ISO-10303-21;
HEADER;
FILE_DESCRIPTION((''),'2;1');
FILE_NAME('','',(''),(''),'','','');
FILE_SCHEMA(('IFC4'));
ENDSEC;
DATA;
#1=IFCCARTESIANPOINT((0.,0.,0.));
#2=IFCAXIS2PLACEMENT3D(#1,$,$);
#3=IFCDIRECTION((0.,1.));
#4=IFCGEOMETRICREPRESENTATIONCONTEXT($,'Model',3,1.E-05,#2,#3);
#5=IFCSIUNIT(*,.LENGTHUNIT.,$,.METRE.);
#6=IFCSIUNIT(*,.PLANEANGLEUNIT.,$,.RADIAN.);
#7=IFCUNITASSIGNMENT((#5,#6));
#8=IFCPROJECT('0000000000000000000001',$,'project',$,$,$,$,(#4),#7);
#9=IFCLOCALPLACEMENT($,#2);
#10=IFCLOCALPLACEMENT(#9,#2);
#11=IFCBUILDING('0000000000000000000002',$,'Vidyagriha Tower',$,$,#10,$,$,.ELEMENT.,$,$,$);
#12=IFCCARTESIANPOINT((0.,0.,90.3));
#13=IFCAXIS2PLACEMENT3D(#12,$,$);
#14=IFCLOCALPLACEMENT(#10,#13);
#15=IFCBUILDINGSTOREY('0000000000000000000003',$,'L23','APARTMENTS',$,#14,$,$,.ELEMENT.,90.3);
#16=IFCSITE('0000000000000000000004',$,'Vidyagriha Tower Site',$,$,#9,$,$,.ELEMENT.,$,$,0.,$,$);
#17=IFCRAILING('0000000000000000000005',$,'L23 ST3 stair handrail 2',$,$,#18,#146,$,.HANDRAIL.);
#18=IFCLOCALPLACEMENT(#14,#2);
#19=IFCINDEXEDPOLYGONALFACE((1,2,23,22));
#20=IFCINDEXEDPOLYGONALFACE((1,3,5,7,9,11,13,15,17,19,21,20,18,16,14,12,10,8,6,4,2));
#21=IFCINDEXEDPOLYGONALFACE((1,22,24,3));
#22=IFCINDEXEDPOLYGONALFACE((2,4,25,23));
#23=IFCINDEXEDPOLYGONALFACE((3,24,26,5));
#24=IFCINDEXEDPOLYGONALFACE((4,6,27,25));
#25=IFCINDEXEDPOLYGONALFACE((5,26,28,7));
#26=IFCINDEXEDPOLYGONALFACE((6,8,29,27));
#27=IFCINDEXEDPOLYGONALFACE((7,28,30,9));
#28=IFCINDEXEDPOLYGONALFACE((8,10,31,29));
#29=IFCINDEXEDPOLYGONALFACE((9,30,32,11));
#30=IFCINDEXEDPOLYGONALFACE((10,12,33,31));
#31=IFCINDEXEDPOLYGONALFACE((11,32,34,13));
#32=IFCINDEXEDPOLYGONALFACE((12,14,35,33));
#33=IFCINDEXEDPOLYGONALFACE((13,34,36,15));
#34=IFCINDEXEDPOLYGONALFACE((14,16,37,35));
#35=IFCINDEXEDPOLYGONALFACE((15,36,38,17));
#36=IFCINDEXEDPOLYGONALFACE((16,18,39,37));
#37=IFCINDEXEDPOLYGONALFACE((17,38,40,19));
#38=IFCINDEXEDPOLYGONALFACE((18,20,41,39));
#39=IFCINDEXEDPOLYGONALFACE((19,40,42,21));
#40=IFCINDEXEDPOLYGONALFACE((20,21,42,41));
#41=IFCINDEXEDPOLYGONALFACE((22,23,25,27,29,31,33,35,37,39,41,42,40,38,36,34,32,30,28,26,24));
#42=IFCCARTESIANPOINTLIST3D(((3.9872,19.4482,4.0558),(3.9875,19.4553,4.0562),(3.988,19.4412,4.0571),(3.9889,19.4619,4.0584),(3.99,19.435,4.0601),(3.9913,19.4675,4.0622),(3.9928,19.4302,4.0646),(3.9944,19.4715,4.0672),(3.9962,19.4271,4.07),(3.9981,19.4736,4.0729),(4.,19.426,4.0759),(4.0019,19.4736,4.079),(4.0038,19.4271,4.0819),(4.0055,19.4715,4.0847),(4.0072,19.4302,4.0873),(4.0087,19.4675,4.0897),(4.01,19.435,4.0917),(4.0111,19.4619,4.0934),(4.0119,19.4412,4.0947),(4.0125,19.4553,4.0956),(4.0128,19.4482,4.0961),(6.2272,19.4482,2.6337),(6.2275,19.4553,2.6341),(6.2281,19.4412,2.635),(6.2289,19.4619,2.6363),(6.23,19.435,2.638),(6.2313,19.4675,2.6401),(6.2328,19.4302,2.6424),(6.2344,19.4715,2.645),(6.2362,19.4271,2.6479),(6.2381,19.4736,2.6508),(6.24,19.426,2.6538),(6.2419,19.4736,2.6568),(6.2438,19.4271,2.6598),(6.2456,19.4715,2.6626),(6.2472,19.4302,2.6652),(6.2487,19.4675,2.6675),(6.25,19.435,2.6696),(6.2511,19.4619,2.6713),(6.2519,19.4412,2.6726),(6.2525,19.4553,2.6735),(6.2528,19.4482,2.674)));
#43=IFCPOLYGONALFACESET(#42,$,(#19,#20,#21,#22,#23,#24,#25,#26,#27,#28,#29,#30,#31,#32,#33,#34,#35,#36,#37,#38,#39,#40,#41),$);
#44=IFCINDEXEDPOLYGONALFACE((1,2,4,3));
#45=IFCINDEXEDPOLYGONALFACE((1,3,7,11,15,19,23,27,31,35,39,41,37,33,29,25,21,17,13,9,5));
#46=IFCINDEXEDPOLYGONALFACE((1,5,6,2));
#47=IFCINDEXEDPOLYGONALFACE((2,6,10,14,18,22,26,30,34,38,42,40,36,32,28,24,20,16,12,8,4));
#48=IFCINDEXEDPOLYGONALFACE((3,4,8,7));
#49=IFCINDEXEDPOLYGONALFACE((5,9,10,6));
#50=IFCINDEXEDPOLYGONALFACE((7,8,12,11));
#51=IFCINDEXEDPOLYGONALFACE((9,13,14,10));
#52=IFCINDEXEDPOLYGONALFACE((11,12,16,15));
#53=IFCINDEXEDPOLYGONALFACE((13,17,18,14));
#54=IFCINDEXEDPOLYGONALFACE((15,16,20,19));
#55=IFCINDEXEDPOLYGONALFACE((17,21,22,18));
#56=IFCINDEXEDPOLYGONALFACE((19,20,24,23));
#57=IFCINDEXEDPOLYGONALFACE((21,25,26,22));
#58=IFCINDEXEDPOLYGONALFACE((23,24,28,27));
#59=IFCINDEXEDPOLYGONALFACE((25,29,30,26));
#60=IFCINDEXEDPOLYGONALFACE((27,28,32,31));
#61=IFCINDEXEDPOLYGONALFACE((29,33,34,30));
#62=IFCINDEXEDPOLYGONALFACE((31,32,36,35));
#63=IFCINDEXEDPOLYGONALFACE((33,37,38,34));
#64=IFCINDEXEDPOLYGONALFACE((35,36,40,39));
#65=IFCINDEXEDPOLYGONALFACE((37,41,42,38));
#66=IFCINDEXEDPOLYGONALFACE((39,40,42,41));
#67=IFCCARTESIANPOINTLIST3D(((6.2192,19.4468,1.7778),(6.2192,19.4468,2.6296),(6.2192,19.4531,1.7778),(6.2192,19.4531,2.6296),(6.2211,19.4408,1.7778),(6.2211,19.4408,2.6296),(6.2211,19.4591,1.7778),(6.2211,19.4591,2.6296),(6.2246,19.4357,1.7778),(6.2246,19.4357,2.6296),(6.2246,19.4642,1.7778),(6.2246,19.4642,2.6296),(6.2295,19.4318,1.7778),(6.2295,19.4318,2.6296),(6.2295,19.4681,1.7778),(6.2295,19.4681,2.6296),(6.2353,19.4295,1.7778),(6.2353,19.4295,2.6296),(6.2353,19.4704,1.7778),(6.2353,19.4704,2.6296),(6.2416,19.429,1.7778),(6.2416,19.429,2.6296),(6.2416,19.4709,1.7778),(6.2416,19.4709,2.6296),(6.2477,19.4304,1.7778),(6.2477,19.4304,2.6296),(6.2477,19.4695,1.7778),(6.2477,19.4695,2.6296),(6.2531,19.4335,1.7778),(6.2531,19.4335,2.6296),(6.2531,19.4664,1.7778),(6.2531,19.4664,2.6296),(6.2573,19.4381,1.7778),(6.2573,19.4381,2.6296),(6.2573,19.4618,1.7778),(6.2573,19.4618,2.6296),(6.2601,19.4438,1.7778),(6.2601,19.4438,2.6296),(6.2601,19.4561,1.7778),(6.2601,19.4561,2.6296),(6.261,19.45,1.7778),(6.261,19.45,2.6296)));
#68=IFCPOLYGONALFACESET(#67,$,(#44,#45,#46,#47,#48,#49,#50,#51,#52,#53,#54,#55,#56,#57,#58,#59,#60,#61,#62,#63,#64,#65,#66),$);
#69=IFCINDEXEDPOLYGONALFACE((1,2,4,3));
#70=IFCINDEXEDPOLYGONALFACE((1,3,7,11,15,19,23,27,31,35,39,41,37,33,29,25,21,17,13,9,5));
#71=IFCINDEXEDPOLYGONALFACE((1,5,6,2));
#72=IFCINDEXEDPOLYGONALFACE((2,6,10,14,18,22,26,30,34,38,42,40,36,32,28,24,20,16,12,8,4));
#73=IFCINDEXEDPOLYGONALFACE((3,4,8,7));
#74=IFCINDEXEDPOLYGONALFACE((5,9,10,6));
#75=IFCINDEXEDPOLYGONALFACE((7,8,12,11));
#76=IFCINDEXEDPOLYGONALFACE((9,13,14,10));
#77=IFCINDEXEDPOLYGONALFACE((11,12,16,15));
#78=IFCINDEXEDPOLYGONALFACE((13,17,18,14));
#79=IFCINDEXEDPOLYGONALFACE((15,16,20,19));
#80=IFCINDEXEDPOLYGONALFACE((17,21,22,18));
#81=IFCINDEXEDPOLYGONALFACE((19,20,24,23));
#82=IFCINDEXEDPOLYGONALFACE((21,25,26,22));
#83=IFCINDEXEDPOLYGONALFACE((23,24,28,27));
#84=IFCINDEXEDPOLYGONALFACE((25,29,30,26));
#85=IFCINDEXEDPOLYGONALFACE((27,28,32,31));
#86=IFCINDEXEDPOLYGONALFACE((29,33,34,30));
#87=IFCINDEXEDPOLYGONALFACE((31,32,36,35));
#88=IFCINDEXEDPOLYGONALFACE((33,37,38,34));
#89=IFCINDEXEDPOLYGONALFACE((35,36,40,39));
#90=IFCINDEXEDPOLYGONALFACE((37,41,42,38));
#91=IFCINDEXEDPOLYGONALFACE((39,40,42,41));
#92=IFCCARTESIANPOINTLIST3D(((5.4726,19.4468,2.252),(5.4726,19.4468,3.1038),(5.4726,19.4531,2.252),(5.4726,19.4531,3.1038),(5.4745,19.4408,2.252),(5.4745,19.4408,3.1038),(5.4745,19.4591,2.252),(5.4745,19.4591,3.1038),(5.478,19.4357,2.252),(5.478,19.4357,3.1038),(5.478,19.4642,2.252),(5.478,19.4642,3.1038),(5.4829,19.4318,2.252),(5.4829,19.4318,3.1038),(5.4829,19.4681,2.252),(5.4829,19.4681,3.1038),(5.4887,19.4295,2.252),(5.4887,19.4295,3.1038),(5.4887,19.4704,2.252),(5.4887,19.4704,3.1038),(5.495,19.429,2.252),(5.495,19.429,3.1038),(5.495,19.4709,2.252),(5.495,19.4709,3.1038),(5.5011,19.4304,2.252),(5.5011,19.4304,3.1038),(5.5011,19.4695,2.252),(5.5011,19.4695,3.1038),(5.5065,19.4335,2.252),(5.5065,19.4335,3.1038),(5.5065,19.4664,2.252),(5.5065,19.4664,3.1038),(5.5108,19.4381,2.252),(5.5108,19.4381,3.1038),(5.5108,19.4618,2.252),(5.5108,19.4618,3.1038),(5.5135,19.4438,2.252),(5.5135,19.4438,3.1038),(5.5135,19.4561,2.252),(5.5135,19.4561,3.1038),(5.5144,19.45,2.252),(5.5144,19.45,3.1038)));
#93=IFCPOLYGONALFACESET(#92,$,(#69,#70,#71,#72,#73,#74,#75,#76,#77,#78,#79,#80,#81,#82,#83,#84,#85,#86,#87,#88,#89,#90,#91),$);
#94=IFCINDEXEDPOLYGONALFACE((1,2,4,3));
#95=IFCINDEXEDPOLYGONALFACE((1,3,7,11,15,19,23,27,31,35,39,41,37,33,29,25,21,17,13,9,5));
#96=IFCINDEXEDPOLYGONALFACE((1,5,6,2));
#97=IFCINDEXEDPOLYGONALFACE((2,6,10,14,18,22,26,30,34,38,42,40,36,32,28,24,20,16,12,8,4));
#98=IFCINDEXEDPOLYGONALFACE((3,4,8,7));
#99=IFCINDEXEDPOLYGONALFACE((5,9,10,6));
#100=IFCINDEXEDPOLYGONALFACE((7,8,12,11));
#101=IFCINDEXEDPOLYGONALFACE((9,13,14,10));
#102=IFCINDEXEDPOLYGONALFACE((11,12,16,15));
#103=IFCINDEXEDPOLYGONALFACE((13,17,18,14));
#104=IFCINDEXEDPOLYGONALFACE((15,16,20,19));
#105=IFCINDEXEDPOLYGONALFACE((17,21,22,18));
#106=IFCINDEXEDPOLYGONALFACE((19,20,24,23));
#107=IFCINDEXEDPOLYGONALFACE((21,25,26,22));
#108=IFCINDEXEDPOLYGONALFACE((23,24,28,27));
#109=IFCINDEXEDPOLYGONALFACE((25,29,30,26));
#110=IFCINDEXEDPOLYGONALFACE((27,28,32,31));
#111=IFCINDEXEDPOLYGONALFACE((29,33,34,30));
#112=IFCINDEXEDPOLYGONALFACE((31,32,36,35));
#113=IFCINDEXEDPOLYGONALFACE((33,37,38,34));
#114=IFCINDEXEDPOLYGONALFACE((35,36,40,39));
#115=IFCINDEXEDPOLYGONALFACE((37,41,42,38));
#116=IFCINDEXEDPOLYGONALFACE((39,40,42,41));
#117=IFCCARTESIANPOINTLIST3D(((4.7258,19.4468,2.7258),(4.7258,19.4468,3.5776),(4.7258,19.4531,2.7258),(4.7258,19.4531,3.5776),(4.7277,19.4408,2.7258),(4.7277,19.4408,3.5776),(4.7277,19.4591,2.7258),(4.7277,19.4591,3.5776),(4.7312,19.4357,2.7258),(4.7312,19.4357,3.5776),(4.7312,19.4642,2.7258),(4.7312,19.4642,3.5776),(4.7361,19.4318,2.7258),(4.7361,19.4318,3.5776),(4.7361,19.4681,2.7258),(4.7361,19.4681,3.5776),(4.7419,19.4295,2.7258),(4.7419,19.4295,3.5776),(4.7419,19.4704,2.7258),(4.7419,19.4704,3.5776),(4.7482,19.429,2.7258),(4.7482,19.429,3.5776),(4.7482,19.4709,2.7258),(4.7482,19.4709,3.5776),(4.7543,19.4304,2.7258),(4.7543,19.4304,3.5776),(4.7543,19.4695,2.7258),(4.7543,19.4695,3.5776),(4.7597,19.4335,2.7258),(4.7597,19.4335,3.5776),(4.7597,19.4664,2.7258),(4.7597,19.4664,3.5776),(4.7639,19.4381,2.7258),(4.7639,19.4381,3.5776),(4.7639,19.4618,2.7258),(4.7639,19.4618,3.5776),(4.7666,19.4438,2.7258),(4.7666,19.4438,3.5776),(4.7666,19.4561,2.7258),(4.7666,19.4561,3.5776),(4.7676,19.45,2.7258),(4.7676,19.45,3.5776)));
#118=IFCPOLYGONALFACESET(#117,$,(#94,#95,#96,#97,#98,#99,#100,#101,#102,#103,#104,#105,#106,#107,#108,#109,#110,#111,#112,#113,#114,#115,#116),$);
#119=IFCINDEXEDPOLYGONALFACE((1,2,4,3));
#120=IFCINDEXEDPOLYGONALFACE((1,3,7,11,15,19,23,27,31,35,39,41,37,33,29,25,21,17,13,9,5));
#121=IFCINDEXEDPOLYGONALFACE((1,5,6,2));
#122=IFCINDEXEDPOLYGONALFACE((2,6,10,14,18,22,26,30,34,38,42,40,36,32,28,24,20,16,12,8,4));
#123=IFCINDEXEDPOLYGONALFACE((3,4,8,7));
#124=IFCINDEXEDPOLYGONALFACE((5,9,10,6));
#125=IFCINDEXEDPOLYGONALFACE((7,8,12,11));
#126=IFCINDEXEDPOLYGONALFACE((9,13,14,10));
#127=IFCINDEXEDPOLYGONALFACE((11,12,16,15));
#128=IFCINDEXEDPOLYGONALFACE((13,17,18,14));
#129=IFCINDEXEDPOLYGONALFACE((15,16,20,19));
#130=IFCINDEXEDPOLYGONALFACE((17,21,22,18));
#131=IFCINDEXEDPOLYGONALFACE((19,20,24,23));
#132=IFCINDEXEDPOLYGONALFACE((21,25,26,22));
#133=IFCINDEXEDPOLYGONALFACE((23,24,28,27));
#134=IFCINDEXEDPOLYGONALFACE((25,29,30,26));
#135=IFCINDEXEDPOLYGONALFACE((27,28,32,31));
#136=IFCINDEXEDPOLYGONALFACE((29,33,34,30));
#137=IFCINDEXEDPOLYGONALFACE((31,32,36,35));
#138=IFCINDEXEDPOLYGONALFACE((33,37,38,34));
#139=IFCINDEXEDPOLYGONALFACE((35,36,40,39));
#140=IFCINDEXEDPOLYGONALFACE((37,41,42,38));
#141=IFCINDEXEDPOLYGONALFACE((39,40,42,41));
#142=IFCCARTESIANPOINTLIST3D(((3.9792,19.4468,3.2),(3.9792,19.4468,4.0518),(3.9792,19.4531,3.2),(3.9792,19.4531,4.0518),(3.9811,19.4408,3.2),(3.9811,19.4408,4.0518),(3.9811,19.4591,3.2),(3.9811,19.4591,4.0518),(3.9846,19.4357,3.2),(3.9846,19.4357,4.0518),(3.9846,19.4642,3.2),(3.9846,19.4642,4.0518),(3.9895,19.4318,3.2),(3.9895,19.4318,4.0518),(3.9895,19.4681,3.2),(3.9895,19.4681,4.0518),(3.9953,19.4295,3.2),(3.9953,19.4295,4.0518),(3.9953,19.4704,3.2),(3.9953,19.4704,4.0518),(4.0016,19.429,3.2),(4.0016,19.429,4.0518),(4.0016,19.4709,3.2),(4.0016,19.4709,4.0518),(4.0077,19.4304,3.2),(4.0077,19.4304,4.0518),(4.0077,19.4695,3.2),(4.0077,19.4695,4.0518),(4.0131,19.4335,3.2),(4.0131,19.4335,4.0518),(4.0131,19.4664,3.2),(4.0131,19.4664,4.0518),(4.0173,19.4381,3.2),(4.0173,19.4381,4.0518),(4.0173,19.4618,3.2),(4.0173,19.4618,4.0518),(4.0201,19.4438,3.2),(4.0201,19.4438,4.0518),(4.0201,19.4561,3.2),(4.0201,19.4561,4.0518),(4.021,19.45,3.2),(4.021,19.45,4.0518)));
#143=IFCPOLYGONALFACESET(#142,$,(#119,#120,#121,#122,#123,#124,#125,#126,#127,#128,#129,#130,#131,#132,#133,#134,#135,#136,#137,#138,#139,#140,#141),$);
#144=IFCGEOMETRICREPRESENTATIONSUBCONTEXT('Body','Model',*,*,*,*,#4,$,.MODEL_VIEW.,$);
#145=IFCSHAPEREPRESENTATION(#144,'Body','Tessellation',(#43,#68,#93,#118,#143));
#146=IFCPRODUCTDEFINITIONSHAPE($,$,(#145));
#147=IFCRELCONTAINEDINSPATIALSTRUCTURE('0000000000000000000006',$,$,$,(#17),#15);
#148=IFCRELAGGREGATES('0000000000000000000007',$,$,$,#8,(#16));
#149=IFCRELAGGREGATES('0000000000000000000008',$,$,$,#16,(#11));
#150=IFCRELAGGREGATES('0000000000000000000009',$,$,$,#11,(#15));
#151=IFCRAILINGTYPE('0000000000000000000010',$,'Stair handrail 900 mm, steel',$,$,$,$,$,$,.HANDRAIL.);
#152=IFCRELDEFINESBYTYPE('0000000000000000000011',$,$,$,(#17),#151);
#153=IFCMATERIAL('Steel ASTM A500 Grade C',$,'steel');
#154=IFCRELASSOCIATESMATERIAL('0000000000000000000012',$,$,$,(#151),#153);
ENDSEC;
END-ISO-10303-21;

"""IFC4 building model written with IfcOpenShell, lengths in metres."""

from ifc_helpers import new_model, si_unit, direction, frame, origin, origin_2d, place, context, subcontext, project, spatial, circle, extrude, material, type_object, element, save


model = new_model("IFC4")

# Units and contexts
model_context = context("Model", 3, precision=1e-05, world=origin(), true_north=direction((0.0, 1.0)))
body_context = subcontext(model_context, "Body", "Model", "MODEL_VIEW")
ifc_project = project(units=[si_unit("LENGTHUNIT", "METRE"), si_unit("PLANEANGLEUNIT", "RADIAN")], contexts=[model_context])

# Site, building, storey
site_placement = place(None, origin())
site = spatial("IfcSite", under=ifc_project, at=site_placement, Name="Vidyagriha Tower Site", CompositionType="ELEMENT", RefElevation=0.0)
building_placement = place(site_placement, origin())
building = spatial("IfcBuilding", under=site, at=building_placement, Name="Vidyagriha Tower", CompositionType="ELEMENT")
storey_placement = place(building_placement, frame((0.0, 0.0, 90.3)))
storey = spatial("IfcBuildingStorey", under=building, at=storey_placement, Name="L23", Description="APARTMENTS", CompositionType="ELEMENT", Elevation=90.3)

# Railing
ifc_material_1 = material(Name="Steel ASTM A500 Grade C", Category="steel")
railing_type_1 = type_object("IfcRailingType", Name="Stair handrail 900 mm, steel", PredefinedType="HANDRAIL", material=ifc_material_1)
railing_1_placement = place(storey_placement, frame((6.24, 19.45, 1.7778)))
element("IfcRailing", 1, at=railing_1_placement, inside=storey, type_object=railing_type_1, Name="L23 ST3 stair handrail 2", PredefinedType="HANDRAIL", context=body_context, shape_type="SweptSolid", body=[
    extrude(circle(Radius=0.0239, at=origin_2d()), frame((0.0, 0.0, 0.876), z_axis=(-0.844229, 0.0, 0.535982), x_axis=(0.0, -1.0, 0.0)), (0.0, 0.0, 1.0), 2.6533),
    extrude(circle(Radius=0.021, at=origin_2d()), origin(), (0.0, 0.0, 1.0), 0.8518),
    extrude(circle(Radius=0.021, at=origin_2d()), frame((-0.7466, 0.0, 0.4741)), (0.0, 0.0, 1.0), 0.8518),
    extrude(circle(Radius=0.021, at=origin_2d()), frame((-1.4934, 0.0, 0.948)), (0.0, 0.0, 1.0), 0.8518),
    extrude(circle(Radius=0.021, at=origin_2d()), frame((-2.24, 0.0, 1.4221)), (0.0, 0.0, 1.0), 0.8518),
])

save(model, "model.ifc")
